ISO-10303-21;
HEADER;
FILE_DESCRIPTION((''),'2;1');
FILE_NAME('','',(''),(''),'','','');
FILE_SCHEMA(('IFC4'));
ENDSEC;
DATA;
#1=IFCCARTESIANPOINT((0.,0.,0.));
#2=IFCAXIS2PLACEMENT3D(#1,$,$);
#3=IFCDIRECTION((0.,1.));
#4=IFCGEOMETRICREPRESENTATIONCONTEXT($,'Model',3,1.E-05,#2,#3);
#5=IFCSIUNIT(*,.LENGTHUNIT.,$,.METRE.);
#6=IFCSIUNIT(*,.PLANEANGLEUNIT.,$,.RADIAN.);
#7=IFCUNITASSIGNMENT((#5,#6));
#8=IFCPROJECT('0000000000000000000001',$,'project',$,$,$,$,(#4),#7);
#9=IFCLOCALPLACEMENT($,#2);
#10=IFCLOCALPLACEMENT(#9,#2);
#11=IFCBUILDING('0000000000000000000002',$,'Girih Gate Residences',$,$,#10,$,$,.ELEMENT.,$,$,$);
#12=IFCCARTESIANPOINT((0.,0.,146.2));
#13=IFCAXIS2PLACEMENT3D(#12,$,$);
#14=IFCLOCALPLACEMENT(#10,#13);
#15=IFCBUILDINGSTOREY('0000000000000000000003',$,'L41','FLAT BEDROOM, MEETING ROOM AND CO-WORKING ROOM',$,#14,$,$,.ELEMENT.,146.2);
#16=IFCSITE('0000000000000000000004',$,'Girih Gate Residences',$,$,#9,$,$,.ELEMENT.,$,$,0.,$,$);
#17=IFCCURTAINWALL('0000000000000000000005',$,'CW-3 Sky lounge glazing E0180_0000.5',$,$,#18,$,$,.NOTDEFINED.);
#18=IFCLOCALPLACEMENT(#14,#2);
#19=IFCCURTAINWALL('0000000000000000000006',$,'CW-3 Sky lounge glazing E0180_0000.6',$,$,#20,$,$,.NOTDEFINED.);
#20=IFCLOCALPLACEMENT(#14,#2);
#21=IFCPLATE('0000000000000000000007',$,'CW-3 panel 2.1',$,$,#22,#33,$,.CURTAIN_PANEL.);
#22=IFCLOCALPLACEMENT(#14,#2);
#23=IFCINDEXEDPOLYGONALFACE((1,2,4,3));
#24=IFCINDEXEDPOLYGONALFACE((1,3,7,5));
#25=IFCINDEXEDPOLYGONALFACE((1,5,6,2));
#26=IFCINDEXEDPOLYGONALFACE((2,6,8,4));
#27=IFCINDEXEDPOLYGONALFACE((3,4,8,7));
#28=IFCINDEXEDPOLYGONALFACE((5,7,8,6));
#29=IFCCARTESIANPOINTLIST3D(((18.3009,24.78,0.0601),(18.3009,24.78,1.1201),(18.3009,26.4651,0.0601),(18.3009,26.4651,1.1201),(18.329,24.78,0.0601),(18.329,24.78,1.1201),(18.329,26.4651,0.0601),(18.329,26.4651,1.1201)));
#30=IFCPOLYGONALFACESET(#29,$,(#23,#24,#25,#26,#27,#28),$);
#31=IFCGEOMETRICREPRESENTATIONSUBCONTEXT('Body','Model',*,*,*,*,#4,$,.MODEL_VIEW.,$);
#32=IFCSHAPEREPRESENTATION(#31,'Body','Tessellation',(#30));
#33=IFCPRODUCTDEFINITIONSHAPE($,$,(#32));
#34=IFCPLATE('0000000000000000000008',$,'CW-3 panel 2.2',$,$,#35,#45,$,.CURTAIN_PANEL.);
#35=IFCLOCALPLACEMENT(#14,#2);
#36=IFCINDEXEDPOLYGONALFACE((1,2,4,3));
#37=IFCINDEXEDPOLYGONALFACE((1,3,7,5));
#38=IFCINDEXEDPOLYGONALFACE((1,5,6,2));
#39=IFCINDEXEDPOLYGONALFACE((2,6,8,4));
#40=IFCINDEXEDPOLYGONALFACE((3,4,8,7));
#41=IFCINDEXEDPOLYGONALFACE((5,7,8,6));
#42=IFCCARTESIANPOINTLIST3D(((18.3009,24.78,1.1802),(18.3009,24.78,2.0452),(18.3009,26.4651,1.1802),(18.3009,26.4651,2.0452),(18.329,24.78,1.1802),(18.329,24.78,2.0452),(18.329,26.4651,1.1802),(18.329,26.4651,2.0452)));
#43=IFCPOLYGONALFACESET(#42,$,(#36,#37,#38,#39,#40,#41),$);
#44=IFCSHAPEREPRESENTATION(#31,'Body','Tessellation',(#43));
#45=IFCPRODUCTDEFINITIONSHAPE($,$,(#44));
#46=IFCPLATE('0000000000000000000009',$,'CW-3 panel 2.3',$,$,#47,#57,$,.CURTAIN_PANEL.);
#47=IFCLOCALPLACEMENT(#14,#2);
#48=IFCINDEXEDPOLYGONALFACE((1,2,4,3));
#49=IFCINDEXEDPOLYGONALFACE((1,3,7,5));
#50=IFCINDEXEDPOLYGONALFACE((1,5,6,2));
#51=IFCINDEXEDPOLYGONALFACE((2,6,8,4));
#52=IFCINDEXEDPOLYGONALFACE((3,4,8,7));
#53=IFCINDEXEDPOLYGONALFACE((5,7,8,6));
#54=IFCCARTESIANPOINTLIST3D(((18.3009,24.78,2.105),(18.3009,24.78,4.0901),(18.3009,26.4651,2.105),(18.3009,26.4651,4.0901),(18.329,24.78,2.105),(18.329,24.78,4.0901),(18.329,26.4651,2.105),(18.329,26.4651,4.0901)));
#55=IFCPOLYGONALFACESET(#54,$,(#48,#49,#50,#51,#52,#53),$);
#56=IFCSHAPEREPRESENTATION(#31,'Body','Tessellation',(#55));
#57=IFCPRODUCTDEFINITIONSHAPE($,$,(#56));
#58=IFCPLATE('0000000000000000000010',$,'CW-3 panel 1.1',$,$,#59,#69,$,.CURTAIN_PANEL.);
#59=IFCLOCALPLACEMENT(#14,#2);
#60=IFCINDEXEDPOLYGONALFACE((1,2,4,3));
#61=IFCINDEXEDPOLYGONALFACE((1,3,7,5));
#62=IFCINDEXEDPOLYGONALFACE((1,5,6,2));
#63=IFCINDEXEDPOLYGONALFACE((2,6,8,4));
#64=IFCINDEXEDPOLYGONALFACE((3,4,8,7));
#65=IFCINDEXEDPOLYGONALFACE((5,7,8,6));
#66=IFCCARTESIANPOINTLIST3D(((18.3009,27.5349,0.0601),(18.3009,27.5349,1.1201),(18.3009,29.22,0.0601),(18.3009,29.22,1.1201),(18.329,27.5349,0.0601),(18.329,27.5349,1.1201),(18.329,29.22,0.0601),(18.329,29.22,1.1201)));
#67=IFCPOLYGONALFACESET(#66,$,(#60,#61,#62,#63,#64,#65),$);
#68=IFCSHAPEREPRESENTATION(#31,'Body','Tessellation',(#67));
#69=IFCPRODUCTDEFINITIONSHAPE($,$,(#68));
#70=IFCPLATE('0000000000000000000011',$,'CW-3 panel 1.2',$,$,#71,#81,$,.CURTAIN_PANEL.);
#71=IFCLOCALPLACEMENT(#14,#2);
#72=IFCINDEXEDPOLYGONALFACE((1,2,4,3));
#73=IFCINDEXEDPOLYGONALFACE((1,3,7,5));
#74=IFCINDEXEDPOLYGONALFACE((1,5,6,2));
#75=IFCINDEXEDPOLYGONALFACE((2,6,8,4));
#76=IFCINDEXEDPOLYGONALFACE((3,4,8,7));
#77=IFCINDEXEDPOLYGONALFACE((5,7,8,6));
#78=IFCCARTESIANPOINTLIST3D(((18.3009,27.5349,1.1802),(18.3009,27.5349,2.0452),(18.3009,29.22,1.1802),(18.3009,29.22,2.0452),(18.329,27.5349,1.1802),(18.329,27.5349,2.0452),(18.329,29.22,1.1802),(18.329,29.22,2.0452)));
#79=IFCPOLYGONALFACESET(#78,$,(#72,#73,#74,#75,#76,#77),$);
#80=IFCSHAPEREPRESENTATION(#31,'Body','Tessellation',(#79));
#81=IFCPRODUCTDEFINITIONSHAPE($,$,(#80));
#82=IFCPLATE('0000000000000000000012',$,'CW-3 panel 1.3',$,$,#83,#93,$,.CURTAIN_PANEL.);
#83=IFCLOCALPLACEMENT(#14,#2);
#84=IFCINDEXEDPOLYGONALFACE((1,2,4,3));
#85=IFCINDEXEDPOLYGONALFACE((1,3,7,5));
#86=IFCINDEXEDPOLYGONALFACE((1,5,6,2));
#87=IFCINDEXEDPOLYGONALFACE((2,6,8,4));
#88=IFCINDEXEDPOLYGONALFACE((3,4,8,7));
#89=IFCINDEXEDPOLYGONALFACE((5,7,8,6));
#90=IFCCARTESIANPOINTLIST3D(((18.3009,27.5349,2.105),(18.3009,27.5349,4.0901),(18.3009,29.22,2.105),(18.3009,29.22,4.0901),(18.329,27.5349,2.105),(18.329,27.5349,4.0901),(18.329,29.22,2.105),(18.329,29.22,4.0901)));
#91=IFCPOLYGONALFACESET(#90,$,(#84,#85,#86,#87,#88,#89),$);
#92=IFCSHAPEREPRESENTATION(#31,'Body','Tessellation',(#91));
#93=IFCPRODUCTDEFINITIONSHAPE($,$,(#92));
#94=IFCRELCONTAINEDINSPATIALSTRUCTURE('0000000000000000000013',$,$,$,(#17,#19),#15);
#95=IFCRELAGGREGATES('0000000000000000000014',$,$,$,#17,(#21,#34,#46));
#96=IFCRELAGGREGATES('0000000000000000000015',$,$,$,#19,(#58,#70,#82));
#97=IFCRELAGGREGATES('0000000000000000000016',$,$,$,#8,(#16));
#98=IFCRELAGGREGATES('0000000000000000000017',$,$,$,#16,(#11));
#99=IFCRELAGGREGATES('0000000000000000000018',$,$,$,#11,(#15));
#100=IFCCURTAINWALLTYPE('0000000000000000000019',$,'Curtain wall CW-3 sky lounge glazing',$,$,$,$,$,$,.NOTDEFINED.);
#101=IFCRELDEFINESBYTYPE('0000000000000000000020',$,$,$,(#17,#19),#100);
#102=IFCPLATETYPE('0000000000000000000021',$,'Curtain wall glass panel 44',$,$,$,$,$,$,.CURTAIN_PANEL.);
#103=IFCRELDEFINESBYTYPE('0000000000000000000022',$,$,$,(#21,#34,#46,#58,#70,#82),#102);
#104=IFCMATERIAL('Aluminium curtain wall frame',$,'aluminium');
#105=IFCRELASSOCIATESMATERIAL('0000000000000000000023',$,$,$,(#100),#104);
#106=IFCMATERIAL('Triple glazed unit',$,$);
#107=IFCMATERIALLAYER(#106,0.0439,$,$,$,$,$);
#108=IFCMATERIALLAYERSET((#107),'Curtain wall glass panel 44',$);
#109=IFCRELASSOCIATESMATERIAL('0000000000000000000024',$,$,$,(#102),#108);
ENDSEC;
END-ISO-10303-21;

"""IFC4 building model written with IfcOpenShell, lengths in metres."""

from ifc_helpers import new_model, si_unit, direction, frame, origin, origin_2d, place, context, subcontext, project, spatial, rectangle, extrude, material, layer, layer_set, type_object, element, aggregate, save


model = new_model("IFC4")

# Units and contexts
model_context = context("Model", 3, precision=1e-05, world=origin(), true_north=direction((0.0, 1.0)))
body_context = subcontext(model_context, "Body", "Model", "MODEL_VIEW")
ifc_project = project(units=[si_unit("LENGTHUNIT", "METRE"), si_unit("PLANEANGLEUNIT", "RADIAN")], contexts=[model_context])

# Site, building, storey
site_placement = place(None, origin())
site = spatial("IfcSite", under=ifc_project, at=site_placement, Name="Girih Gate Residences", CompositionType="ELEMENT", RefElevation=0.0)
building_placement = place(site_placement, origin())
building = spatial("IfcBuilding", under=site, at=building_placement, Name="Girih Gate Residences", CompositionType="ELEMENT")
storey_placement = place(building_placement, frame((0.0, 0.0, 146.2)))
storey = spatial("IfcBuildingStorey", under=building, at=storey_placement, Name="L41", Description="FLAT BEDROOM, MEETING ROOM AND CO-WORKING ROOM", CompositionType="ELEMENT", Elevation=146.2)

# Curtain wall
ifc_material_1 = material(Name="Aluminium curtain wall frame", Category="aluminium")
curtain_wall_type = type_object("IfcCurtainWallType", Name="Curtain wall CW-3 sky lounge glazing", PredefinedType="NOTDEFINED", material=ifc_material_1)
curtain_wall_1_placement = place(storey_placement, origin())
curtain_wall_1 = element("IfcCurtainWall", 1, at=curtain_wall_1_placement, inside=storey, type_object=curtain_wall_type, Name="CW-3 Sky lounge glazing E0180_0000.5", PredefinedType="NOTDEFINED")

# Curtain wall
curtain_wall_2_placement = place(storey_placement, origin())
curtain_wall_2 = element("IfcCurtainWall", 2, at=curtain_wall_2_placement, inside=storey, type_object=curtain_wall_type, Name="CW-3 Sky lounge glazing E0180_0000.6", PredefinedType="NOTDEFINED")

# Plates
ifc_material_2 = material(Name="Triple glazed unit")
ifc_layer = layer(ifc_material_2, 0.0439)
ifc_layer_set = layer_set([ifc_layer], Name="Curtain wall glass panel 44")
plate_type = type_object("IfcPlateType", Name="Curtain wall glass panel 44", PredefinedType="CURTAIN_PANEL", material=ifc_layer_set)
plate_1_placement = place(storey_placement, frame((18.3149, 25.6226, 0.0601), z_axis=(0.0, 0.0, 1.0), x_axis=(0.0, 1.0, 0.0)))
plate_1 = element("IfcPlate", 3, at=plate_1_placement, type_object=plate_type, Name="CW-3 panel 2.1", PredefinedType="CURTAIN_PANEL", context=body_context, shape_type="SweptSolid", body=[
    extrude(rectangle(XDim=1.6851, YDim=0.0281, at=origin_2d()), origin(), (0.0, 0.0, 1.0), 1.0601),
])
plate_2_placement = place(storey_placement, frame((18.3149, 25.6226, 1.1802), z_axis=(0.0, 0.0, 1.0), x_axis=(0.0, 1.0, 0.0)))
plate_2 = element("IfcPlate", 4, at=plate_2_placement, type_object=plate_type, Name="CW-3 panel 2.2", PredefinedType="CURTAIN_PANEL", context=body_context, shape_type="SweptSolid", body=[
    extrude(rectangle(XDim=1.6851, YDim=0.0281, at=origin_2d()), origin(), (0.0, 0.0, 1.0), 0.865),
])
plate_3_placement = place(storey_placement, frame((18.3149, 25.6226, 2.105), z_axis=(0.0, 0.0, 1.0), x_axis=(0.0, 1.0, 0.0)))
plate_3 = element("IfcPlate", 5, at=plate_3_placement, type_object=plate_type, Name="CW-3 panel 2.3", PredefinedType="CURTAIN_PANEL", context=body_context, shape_type="SweptSolid", body=[
    extrude(rectangle(XDim=1.6851, YDim=0.0281, at=origin_2d()), origin(), (0.0, 0.0, 1.0), 1.9851),
])
aggregate(curtain_wall_1, [plate_1, plate_2, plate_3])
plate_4_placement = place(storey_placement, frame((18.3149, 28.3774, 0.0601), z_axis=(0.0, 0.0, 1.0), x_axis=(0.0, 1.0, 0.0)))
plate_4 = element("IfcPlate", 6, at=plate_4_placement, type_object=plate_type, Name="CW-3 panel 1.1", PredefinedType="CURTAIN_PANEL", context=body_context, shape_type="SweptSolid", body=[
    extrude(rectangle(XDim=1.6851, YDim=0.0281, at=origin_2d()), origin(), (0.0, 0.0, 1.0), 1.0601),
])
plate_5_placement = place(storey_placement, frame((18.3149, 28.3774, 1.1802), z_axis=(0.0, 0.0, 1.0), x_axis=(0.0, 1.0, 0.0)))
plate_5 = element("IfcPlate", 7, at=plate_5_placement, type_object=plate_type, Name="CW-3 panel 1.2", PredefinedType="CURTAIN_PANEL", context=body_context, shape_type="SweptSolid", body=[
    extrude(rectangle(XDim=1.6851, YDim=0.0281, at=origin_2d()), origin(), (0.0, 0.0, 1.0), 0.865),
])
plate_6_placement = place(storey_placement, frame((18.3149, 28.3774, 2.105), z_axis=(0.0, 0.0, 1.0), x_axis=(0.0, 1.0, 0.0)))
plate_6 = element("IfcPlate", 8, at=plate_6_placement, type_object=plate_type, Name="CW-3 panel 1.3", PredefinedType="CURTAIN_PANEL", context=body_context, shape_type="SweptSolid", body=[
    extrude(rectangle(XDim=1.6851, YDim=0.0281, at=origin_2d()), origin(), (0.0, 0.0, 1.0), 1.9851),
])
aggregate(curtain_wall_2, [plate_4, plate_5, plate_6])

save(model, "model.ifc")
